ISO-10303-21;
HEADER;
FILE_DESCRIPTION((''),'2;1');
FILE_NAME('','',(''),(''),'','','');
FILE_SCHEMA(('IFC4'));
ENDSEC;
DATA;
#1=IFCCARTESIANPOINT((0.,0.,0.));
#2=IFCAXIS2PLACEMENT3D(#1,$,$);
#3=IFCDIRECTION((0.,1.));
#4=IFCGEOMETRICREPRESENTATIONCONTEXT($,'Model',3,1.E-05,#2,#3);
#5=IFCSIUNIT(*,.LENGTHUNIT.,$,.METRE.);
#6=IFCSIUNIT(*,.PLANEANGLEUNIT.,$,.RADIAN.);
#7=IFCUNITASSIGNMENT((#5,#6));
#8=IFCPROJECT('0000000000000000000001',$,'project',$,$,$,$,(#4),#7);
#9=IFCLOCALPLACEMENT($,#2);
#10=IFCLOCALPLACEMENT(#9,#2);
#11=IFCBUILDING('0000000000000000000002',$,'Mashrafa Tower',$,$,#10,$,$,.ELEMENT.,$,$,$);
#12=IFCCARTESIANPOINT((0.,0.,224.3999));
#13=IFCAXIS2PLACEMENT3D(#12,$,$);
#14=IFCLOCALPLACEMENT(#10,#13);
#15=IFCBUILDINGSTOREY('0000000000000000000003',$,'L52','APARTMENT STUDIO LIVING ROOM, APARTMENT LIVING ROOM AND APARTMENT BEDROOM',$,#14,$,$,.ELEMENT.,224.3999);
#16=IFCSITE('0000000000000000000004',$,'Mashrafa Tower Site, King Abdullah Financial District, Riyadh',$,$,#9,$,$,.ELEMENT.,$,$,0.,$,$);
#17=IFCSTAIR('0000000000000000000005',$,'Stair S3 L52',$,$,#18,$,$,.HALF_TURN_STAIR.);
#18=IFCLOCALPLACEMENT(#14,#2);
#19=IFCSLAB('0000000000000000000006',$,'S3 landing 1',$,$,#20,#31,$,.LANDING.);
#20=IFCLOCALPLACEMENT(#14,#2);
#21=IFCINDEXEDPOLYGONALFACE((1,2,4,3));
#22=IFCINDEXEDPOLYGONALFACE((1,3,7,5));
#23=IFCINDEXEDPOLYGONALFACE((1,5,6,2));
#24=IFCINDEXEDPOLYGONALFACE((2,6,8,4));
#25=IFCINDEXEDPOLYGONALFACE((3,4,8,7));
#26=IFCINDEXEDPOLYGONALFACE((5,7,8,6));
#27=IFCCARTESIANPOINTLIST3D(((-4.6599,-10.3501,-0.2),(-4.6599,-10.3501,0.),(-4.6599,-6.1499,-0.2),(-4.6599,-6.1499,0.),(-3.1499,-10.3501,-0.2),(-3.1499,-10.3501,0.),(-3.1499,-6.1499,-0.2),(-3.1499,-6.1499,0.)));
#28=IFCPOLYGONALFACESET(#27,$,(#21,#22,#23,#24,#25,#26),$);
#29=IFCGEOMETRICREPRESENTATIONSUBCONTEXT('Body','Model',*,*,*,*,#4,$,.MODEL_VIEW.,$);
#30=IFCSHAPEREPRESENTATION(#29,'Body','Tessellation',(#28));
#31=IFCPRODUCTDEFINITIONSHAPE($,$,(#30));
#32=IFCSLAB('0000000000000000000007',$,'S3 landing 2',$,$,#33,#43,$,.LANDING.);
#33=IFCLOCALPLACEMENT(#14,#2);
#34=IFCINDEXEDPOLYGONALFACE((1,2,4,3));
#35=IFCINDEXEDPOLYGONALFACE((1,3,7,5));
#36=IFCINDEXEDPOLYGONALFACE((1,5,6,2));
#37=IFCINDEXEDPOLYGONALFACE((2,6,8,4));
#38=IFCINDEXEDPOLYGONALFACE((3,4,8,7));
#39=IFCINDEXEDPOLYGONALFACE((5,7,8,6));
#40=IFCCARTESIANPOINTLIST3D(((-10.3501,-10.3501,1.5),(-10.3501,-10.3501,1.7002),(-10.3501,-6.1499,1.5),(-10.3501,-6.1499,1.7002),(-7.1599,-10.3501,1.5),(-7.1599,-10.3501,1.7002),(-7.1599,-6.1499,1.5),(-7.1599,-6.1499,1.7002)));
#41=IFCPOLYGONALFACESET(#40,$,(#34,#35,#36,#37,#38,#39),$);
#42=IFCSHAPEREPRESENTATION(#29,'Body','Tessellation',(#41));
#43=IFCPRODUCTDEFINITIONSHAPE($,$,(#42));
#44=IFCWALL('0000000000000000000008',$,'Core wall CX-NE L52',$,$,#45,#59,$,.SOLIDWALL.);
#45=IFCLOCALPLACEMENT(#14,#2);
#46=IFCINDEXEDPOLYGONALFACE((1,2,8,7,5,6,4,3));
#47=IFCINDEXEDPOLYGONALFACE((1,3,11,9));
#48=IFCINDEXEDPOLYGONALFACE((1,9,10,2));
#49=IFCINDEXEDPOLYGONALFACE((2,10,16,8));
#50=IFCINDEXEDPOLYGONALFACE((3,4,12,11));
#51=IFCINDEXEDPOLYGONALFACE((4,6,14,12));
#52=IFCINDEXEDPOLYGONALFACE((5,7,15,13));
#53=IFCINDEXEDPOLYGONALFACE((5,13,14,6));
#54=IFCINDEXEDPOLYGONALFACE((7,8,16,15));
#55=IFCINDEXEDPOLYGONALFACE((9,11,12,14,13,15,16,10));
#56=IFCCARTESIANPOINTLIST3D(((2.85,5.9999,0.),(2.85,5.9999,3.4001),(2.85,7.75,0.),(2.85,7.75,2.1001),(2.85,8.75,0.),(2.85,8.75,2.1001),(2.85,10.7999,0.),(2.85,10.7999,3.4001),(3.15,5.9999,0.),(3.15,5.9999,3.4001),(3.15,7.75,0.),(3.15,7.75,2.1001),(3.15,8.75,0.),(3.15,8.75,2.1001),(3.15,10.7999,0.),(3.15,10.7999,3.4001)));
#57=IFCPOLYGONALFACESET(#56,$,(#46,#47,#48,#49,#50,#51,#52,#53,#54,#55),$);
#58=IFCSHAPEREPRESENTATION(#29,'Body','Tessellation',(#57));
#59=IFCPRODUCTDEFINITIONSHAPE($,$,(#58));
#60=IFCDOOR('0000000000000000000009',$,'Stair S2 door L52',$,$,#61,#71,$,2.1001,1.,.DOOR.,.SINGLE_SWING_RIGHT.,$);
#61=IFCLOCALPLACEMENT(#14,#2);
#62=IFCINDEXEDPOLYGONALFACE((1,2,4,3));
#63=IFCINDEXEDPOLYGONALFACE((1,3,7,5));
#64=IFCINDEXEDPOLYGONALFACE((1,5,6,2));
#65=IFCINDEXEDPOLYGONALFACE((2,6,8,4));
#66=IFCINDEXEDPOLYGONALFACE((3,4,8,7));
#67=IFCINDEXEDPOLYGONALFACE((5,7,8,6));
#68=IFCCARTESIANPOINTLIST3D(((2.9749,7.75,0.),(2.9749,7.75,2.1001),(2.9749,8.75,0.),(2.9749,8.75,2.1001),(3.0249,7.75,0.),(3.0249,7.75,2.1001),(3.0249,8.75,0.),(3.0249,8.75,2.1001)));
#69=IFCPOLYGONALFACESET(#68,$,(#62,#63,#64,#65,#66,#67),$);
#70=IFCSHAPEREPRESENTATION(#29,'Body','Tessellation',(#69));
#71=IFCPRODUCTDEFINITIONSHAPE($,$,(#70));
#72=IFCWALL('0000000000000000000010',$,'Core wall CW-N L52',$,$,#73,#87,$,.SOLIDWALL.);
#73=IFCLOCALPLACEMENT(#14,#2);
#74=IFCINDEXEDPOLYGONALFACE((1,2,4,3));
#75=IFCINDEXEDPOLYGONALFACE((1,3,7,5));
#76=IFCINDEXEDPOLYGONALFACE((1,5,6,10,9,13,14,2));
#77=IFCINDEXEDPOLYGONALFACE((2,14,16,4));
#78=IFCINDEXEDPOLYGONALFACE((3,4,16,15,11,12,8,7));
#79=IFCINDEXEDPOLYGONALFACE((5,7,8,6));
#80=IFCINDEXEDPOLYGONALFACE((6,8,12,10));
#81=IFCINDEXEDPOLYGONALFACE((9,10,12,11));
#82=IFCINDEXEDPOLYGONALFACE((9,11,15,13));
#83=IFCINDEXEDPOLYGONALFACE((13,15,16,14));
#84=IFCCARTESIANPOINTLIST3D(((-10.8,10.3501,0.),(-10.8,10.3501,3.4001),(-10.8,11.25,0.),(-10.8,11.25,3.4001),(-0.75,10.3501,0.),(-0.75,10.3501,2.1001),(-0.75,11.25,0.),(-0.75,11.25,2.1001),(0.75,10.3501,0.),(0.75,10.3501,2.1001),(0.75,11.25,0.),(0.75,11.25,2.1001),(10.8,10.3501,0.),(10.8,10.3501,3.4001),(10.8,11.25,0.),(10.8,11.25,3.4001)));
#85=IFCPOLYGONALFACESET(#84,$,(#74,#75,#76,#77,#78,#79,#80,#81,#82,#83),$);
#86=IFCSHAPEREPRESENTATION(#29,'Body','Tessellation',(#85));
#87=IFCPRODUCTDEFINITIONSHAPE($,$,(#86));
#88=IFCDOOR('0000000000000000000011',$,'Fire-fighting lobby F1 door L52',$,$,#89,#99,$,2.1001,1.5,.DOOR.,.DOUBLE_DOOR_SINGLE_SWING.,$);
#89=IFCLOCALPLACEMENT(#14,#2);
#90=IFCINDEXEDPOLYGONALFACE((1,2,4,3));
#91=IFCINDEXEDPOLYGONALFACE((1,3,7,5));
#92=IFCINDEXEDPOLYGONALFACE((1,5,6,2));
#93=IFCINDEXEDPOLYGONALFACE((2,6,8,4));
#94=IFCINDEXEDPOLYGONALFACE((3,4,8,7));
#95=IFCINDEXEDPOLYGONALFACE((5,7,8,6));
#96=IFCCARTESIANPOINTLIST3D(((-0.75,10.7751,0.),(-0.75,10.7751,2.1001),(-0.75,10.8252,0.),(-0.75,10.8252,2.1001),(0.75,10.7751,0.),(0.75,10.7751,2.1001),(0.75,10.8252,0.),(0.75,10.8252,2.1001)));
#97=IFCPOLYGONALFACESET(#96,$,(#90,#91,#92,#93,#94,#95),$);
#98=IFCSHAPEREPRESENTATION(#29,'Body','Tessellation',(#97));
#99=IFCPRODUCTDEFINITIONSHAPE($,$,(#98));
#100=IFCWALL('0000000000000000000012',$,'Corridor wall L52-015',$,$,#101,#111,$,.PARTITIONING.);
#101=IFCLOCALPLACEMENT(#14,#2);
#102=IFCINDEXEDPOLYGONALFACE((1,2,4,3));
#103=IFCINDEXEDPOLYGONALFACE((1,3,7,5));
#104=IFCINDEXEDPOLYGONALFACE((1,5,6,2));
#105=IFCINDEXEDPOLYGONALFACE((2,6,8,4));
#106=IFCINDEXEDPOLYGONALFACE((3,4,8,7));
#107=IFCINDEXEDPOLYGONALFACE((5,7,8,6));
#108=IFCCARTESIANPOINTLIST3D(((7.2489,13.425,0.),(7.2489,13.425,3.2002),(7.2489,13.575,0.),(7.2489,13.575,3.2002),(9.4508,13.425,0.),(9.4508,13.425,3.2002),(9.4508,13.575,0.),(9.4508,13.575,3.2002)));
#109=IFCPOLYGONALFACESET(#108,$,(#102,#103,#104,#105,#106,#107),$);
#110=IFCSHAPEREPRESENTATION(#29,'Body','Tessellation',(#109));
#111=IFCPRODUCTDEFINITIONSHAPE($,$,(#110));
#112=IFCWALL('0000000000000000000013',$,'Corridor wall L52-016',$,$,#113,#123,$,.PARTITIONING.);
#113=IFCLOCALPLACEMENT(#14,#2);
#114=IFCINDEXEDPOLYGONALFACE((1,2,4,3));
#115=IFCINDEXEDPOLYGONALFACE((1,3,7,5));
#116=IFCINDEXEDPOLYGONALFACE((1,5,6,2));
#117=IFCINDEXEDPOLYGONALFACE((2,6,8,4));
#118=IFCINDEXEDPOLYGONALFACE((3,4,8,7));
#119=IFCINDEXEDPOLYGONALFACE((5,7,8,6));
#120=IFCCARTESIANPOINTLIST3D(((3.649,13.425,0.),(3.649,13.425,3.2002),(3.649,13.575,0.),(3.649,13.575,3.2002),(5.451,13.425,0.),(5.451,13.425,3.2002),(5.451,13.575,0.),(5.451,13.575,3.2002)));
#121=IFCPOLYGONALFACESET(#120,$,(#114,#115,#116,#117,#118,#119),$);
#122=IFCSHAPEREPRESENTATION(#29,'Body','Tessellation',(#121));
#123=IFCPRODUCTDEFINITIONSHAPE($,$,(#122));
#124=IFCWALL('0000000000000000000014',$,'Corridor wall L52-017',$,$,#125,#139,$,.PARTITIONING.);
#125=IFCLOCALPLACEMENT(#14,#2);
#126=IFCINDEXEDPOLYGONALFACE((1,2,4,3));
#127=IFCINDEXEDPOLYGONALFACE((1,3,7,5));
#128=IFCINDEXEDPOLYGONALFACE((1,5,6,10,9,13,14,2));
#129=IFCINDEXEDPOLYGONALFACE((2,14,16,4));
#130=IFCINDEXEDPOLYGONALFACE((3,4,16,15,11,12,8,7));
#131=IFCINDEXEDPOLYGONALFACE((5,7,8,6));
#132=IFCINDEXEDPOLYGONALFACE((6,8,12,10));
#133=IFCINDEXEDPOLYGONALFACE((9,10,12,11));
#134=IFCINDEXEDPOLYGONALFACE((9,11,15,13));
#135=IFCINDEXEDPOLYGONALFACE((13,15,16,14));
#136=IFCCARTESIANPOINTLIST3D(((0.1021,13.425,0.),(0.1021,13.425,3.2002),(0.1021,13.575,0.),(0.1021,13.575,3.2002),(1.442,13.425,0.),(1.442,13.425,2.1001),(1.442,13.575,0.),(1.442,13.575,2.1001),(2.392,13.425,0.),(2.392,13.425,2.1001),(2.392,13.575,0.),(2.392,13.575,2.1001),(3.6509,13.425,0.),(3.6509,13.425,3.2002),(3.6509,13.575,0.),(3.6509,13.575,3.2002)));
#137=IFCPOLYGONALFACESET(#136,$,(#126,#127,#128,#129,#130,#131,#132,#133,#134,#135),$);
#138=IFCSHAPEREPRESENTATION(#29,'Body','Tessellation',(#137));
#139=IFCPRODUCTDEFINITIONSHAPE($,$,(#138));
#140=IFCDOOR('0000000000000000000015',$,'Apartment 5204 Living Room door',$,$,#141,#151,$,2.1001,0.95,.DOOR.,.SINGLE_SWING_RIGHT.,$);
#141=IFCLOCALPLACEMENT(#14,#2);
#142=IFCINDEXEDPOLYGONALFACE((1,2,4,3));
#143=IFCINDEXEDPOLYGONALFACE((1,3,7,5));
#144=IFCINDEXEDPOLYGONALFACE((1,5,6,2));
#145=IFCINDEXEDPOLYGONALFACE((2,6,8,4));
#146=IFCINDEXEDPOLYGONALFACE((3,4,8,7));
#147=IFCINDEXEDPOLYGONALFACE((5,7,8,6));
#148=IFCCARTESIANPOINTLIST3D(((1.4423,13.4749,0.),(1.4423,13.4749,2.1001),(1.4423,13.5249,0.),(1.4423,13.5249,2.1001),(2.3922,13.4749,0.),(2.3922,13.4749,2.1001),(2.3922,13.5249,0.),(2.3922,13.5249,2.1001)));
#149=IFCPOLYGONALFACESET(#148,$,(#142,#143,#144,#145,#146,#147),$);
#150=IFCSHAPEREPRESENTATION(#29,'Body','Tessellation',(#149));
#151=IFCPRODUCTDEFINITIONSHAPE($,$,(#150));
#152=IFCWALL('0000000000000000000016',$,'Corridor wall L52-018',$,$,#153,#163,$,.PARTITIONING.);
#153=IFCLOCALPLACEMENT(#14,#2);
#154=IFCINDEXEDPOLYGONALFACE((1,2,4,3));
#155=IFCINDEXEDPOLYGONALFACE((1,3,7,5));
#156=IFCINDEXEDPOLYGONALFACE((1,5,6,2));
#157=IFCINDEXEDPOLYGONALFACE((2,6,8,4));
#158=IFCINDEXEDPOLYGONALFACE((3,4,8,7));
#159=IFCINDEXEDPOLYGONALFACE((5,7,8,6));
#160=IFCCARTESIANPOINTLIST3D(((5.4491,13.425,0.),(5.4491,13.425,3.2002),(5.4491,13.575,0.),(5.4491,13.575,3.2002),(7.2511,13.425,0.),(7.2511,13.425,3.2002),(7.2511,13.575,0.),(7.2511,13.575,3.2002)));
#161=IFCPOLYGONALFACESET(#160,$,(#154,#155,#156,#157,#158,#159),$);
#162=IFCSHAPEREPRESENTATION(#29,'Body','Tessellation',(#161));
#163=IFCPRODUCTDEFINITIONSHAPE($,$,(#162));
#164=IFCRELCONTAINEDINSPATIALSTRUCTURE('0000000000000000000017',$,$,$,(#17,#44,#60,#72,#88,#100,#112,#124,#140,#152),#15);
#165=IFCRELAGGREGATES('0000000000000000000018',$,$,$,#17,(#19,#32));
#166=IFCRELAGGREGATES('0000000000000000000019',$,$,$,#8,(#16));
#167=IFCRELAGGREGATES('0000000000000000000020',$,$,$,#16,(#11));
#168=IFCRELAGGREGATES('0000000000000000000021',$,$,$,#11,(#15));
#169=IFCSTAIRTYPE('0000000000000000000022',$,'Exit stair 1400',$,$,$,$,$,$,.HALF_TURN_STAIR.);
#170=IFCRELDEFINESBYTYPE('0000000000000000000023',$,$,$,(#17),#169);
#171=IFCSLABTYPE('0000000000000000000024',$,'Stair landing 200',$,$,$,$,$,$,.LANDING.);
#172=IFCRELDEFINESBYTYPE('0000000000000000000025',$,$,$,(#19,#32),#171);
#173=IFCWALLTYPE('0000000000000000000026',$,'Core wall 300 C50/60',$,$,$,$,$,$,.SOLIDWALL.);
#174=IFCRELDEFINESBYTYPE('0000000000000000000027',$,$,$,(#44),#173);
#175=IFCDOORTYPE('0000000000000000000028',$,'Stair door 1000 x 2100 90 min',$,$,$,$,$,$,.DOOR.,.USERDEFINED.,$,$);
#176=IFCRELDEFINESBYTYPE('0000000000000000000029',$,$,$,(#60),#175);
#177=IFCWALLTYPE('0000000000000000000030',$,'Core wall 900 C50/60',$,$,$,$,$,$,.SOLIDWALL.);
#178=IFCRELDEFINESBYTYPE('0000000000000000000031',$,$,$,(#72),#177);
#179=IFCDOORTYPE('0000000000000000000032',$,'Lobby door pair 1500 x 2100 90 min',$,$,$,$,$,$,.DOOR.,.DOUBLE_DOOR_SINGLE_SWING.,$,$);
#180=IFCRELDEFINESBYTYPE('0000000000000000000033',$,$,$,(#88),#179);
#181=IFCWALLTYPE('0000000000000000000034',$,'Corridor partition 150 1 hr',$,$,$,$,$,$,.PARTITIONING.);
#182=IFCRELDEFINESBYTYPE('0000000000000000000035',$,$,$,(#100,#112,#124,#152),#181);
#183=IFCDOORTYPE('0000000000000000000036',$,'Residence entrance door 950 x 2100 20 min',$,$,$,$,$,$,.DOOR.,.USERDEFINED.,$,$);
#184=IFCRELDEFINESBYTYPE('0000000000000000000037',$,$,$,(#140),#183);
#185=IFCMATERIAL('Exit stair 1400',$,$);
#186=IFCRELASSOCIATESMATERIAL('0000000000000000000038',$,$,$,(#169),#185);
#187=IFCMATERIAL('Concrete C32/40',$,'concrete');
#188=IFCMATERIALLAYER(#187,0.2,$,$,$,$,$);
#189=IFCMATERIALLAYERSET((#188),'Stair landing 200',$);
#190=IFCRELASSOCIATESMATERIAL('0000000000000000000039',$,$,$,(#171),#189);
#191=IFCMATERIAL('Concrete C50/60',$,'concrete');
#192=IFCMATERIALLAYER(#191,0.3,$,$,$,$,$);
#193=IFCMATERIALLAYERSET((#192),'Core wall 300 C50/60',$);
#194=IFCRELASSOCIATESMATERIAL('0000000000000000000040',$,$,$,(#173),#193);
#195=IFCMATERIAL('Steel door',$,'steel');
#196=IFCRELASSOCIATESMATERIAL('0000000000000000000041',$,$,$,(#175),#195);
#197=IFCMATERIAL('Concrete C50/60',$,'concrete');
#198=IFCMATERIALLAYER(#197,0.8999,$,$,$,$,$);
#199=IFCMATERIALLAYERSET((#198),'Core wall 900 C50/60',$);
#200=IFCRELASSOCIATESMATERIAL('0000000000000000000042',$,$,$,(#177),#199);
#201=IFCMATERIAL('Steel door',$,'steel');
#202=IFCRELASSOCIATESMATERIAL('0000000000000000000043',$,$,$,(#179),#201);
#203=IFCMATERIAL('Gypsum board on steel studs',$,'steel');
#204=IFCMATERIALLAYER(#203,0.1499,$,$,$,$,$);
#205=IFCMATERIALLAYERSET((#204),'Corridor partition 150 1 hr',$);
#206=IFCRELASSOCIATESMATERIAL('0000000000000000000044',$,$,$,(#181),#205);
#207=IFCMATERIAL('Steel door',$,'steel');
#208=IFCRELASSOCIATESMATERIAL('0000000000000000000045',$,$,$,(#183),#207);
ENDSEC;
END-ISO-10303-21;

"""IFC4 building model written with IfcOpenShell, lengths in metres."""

from ifc_helpers import new_model, si_unit, direction, frame, frame_2d, origin, place, context, subcontext, project, spatial, polyline, rectangle, outline, extrude, material, layer, layer_set, type_object, element, fill, aggregate, save


model = new_model("IFC4")

# Units and contexts
model_context = context("Model", 3, precision=1e-05, world=origin(), true_north=direction((0.0, 1.0)))
body_context = subcontext(model_context, "Body", "Model", "MODEL_VIEW")
ifc_project = project(units=[si_unit("LENGTHUNIT", "METRE"), si_unit("PLANEANGLEUNIT", "RADIAN")], contexts=[model_context])

# Site, building, storey
site_placement = place(None, origin())
site = spatial("IfcSite", under=ifc_project, at=site_placement, Name="Mashrafa Tower Site, King Abdullah Financial District, Riyadh", CompositionType="ELEMENT", RefElevation=0.0)
building_placement = place(site_placement, origin())
building = spatial("IfcBuilding", under=site, at=building_placement, Name="Mashrafa Tower", CompositionType="ELEMENT")
storey_placement = place(building_placement, frame((0.0, 0.0, 224.3999)))
storey = spatial("IfcBuildingStorey", under=building, at=storey_placement, Name="L52", Description="APARTMENT STUDIO LIVING ROOM, APARTMENT LIVING ROOM AND APARTMENT BEDROOM", CompositionType="ELEMENT", Elevation=224.3999)

# Stair, slabs
ifc_material_1 = material(Name="Exit stair 1400")
stair_type = type_object("IfcStairType", Name="Exit stair 1400", PredefinedType="HALF_TURN_STAIR", material=ifc_material_1)
ifc_material_2 = material(Name="Concrete C32/40", Category="concrete")
ifc_layer_1 = layer(ifc_material_2, 0.2)
ifc_layer_set_1 = layer_set([ifc_layer_1], Name="Stair landing 200")
slab_type = type_object("IfcSlabType", Name="Stair landing 200", PredefinedType="LANDING", material=ifc_layer_set_1)
stair_1_placement = place(storey_placement, origin())
stair_1 = element("IfcStair", 1, at=stair_1_placement, inside=storey, type_object=stair_type, Name="Stair S3 L52", PredefinedType="HALF_TURN_STAIR")
slab_1_placement = place(storey_placement, frame((0.0, 0.0, -0.2)))
slab_1 = element("IfcSlab", 2, at=slab_1_placement, type_object=slab_type, Name="S3 landing 1", PredefinedType="LANDING", context=body_context, shape_type="SweptSolid", body=[
    extrude(outline(polyline([(-4.6599, -10.3501), (-3.1499, -10.3501), (-3.1499, -6.1499), (-4.6599, -6.1499), (-4.6599, -10.3501)])), origin(), (0.0, 0.0, 1.0), 0.2),
])
slab_2_placement = place(storey_placement, frame((0.0, 0.0, 1.5)))
slab_2 = element("IfcSlab", 3, at=slab_2_placement, type_object=slab_type, Name="S3 landing 2", PredefinedType="LANDING", context=body_context, shape_type="SweptSolid", body=[
    extrude(outline(polyline([(-10.3501, -10.3501), (-7.1599, -10.3501), (-7.1599, -6.1499), (-10.3501, -6.1499), (-10.3501, -10.3501)])), origin(), (0.0, 0.0, 1.0), 0.2002),
])
aggregate(stair_1, [slab_1, slab_2])

# Walls, openings, doors
ifc_material_3 = material(Name="Concrete C50/60", Category="concrete")
ifc_layer_2 = layer(ifc_material_3, 0.3)
ifc_layer_set_2 = layer_set([ifc_layer_2], Name="Core wall 300 C50/60")
wall_type_1 = type_object("IfcWallType", Name="Core wall 300 C50/60", PredefinedType="SOLIDWALL", material=ifc_layer_set_2)
wall_1_placement = place(storey_placement, frame((3.0, 6.0, 0.0), z_axis=(0.0, 0.0, 1.0), x_axis=(0.0, 1.0, 0.0)))
wall_1 = element("IfcWall", 4, at=wall_1_placement, inside=storey, type_object=wall_type_1, Name="Core wall CX-NE L52", PredefinedType="SOLIDWALL", context=body_context, shape_type="SweptSolid", body=[
    extrude(rectangle(XDim=4.8, YDim=0.3, at=frame_2d((2.3999, 0.0))), origin(), (0.0, 0.0, 1.0), 3.4001),
])
opening_1_placement = place(wall_1_placement, frame((1.75, 0.0, 0.0)))
opening_1 = element("IfcOpeningElement", 5, at=opening_1_placement, cuts=wall_1, PredefinedType="OPENING", context=body_context, shape_type="SweptSolid", body=[
    extrude(rectangle(XDim=1.0, YDim=2.1001, at=frame_2d((0.5, 1.05))), frame((0.0, 0.1599, 0.0), z_axis=(0.0, -1.0, 0.0), x_axis=(1.0, 0.0, 0.0)), (0.0, 0.0, 1.0), 0.3201),
])
ifc_material_4 = material(Name="Steel door", Category="steel")
door_type_1 = type_object("IfcDoorType", Name="Stair door 1000 x 2100 90 min", OperationType="USERDEFINED", PredefinedType="DOOR", material=ifc_material_4)
door_1_placement = place(opening_1_placement, frame((1.0, 0.0, 0.0), z_axis=(0.0, 0.0, 1.0), x_axis=(-1.0, 0.0, 0.0)))
door_1 = element("IfcDoor", 6, at=door_1_placement, inside=storey, type_object=door_type_1, Name="Stair S2 door L52", OperationType="SINGLE_SWING_RIGHT", OverallHeight=2.1001, OverallWidth=1.0, PredefinedType="DOOR", context=body_context, shape_type="SweptSolid", body=[
    extrude(rectangle(XDim=1.0, YDim=2.1001, at=frame_2d((0.5, 1.05))), frame((0.0, 0.0249, 0.0), z_axis=(0.0, -1.0, 0.0), x_axis=(1.0, 0.0, 0.0)), (0.0, 0.0, 1.0), 0.05),
])
fill(opening_1, door_1)
ifc_material_5 = material(Name="Concrete C50/60", Category="concrete")
ifc_layer_3 = layer(ifc_material_5, 0.8999)
ifc_layer_set_3 = layer_set([ifc_layer_3], Name="Core wall 900 C50/60")
wall_type_2 = type_object("IfcWallType", Name="Core wall 900 C50/60", PredefinedType="SOLIDWALL", material=ifc_layer_set_3)
wall_2_placement = place(storey_placement, frame((10.8, 10.8, 0.0), z_axis=(0.0, 0.0, 1.0), x_axis=(-1.0, 0.0, 0.0)))
wall_2 = element("IfcWall", 7, at=wall_2_placement, inside=storey, type_object=wall_type_2, Name="Core wall CW-N L52", PredefinedType="SOLIDWALL", context=body_context, shape_type="SweptSolid", body=[
    extrude(rectangle(XDim=21.6001, YDim=0.8999, at=frame_2d((10.8, 0.0))), origin(), (0.0, 0.0, 1.0), 3.4001),
])
opening_2_placement = place(wall_2_placement, frame((10.05, 0.0, 0.0)))
opening_2 = element("IfcOpeningElement", 8, at=opening_2_placement, cuts=wall_2, PredefinedType="OPENING", context=body_context, shape_type="SweptSolid", body=[
    extrude(rectangle(XDim=1.5, YDim=2.1001, at=frame_2d((0.75, 1.05))), frame((0.0, 0.46, 0.0), z_axis=(0.0, -1.0, 0.0), x_axis=(1.0, 0.0, 0.0)), (0.0, 0.0, 1.0), 0.9199),
])
ifc_material_6 = material(Name="Steel door", Category="steel")
door_type_2 = type_object("IfcDoorType", Name="Lobby door pair 1500 x 2100 90 min", OperationType="DOUBLE_DOOR_SINGLE_SWING", PredefinedType="DOOR", material=ifc_material_6)
door_2_placement = place(opening_2_placement, origin())
door_2 = element("IfcDoor", 9, at=door_2_placement, inside=storey, type_object=door_type_2, Name="Fire-fighting lobby F1 door L52", OperationType="DOUBLE_DOOR_SINGLE_SWING", OverallHeight=2.1001, OverallWidth=1.5, PredefinedType="DOOR", context=body_context, shape_type="SweptSolid", body=[
    extrude(rectangle(XDim=1.5, YDim=2.1001, at=frame_2d((0.75, 1.05))), frame((0.0, 0.0249, 0.0), z_axis=(0.0, -1.0, 0.0), x_axis=(1.0, 0.0, 0.0)), (0.0, 0.0, 1.0), 0.05),
])
fill(opening_2, door_2)

# Walls
ifc_material_7 = material(Name="Gypsum board on steel studs", Category="steel")
ifc_layer_4 = layer(ifc_material_7, 0.1499)
ifc_layer_set_4 = layer_set([ifc_layer_4], Name="Corridor partition 150 1 hr")
wall_type_3 = type_object("IfcWallType", Name="Corridor partition 150 1 hr", PredefinedType="PARTITIONING", material=ifc_layer_set_4)
wall_3_placement = place(storey_placement, frame((9.4509, 13.5, 0.0), z_axis=(0.0, 0.0, 1.0), x_axis=(-1.0, 0.0, 0.0)))
element("IfcWall", 10, at=wall_3_placement, inside=storey, type_object=wall_type_3, Name="Corridor wall L52-015", PredefinedType="PARTITIONING", context=body_context, shape_type="SweptSolid", body=[
    extrude(rectangle(XDim=2.2019, YDim=0.1499, at=frame_2d((1.1011, 0.0))), origin(), (0.0, 0.0, 1.0), 3.2002),
])
wall_4_placement = place(storey_placement, frame((5.4509, 13.5, 0.0), z_axis=(0.0, 0.0, 1.0), x_axis=(-1.0, 0.0, 0.0)))
element("IfcWall", 11, at=wall_4_placement, inside=storey, type_object=wall_type_3, Name="Corridor wall L52-016", PredefinedType="PARTITIONING", context=body_context, shape_type="SweptSolid", body=[
    extrude(rectangle(XDim=1.802, YDim=0.1499, at=frame_2d((0.9009, 0.0))), origin(), (0.0, 0.0, 1.0), 3.2002),
])

# Wall, opening, door
wall_5_placement = place(storey_placement, frame((3.6509, 13.5, 0.0), z_axis=(0.0, 0.0, 1.0), x_axis=(-1.0, 0.0, 0.0)))
wall_5 = element("IfcWall", 12, at=wall_5_placement, inside=storey, type_object=wall_type_3, Name="Corridor wall L52-017", PredefinedType="PARTITIONING", context=body_context, shape_type="SweptSolid", body=[
    extrude(rectangle(XDim=3.5488, YDim=0.1499, at=frame_2d((1.7744, 0.0))), origin(), (0.0, 0.0, 1.0), 3.2002),
])
opening_3_placement = place(wall_5_placement, frame((1.2588, 0.0, 0.0)))
opening_3 = element("IfcOpeningElement", 13, at=opening_3_placement, cuts=wall_5, PredefinedType="OPENING", context=body_context, shape_type="SweptSolid", body=[
    extrude(rectangle(XDim=0.95, YDim=2.1001, at=frame_2d((0.4751, 1.05))), frame((0.0, 0.085, 0.0), z_axis=(0.0, -1.0, 0.0), x_axis=(1.0, 0.0, 0.0)), (0.0, 0.0, 1.0), 0.1699),
])
ifc_material_8 = material(Name="Steel door", Category="steel")
door_type_3 = type_object("IfcDoorType", Name="Residence entrance door 950 x 2100 20 min", OperationType="USERDEFINED", PredefinedType="DOOR", material=ifc_material_8)
door_3_placement = place(opening_3_placement, frame((0.95, 0.0, 0.0), z_axis=(0.0, 0.0, 1.0), x_axis=(-1.0, 0.0, 0.0)))
door_3 = element("IfcDoor", 14, at=door_3_placement, inside=storey, type_object=door_type_3, Name="Apartment 5204 Living Room door", OperationType="SINGLE_SWING_RIGHT", OverallHeight=2.1001, OverallWidth=0.95, PredefinedType="DOOR", context=body_context, shape_type="SweptSolid", body=[
    extrude(rectangle(XDim=0.95, YDim=2.1001, at=frame_2d((0.4751, 1.05))), frame((0.0, 0.0249, 0.0), z_axis=(0.0, -1.0, 0.0), x_axis=(1.0, 0.0, 0.0)), (0.0, 0.0, 1.0), 0.05),
])
fill(opening_3, door_3)

# Wall
wall_6_placement = place(storey_placement, frame((7.251, 13.5, 0.0), z_axis=(0.0, 0.0, 1.0), x_axis=(-1.0, 0.0, 0.0)))
element("IfcWall", 15, at=wall_6_placement, inside=storey, type_object=wall_type_3, Name="Corridor wall L52-018", PredefinedType="PARTITIONING", context=body_context, shape_type="SweptSolid", body=[
    extrude(rectangle(XDim=1.802, YDim=0.1499, at=frame_2d((0.9009, 0.0))), origin(), (0.0, 0.0, 1.0), 3.2002),
])

save(model, "model.ifc")
